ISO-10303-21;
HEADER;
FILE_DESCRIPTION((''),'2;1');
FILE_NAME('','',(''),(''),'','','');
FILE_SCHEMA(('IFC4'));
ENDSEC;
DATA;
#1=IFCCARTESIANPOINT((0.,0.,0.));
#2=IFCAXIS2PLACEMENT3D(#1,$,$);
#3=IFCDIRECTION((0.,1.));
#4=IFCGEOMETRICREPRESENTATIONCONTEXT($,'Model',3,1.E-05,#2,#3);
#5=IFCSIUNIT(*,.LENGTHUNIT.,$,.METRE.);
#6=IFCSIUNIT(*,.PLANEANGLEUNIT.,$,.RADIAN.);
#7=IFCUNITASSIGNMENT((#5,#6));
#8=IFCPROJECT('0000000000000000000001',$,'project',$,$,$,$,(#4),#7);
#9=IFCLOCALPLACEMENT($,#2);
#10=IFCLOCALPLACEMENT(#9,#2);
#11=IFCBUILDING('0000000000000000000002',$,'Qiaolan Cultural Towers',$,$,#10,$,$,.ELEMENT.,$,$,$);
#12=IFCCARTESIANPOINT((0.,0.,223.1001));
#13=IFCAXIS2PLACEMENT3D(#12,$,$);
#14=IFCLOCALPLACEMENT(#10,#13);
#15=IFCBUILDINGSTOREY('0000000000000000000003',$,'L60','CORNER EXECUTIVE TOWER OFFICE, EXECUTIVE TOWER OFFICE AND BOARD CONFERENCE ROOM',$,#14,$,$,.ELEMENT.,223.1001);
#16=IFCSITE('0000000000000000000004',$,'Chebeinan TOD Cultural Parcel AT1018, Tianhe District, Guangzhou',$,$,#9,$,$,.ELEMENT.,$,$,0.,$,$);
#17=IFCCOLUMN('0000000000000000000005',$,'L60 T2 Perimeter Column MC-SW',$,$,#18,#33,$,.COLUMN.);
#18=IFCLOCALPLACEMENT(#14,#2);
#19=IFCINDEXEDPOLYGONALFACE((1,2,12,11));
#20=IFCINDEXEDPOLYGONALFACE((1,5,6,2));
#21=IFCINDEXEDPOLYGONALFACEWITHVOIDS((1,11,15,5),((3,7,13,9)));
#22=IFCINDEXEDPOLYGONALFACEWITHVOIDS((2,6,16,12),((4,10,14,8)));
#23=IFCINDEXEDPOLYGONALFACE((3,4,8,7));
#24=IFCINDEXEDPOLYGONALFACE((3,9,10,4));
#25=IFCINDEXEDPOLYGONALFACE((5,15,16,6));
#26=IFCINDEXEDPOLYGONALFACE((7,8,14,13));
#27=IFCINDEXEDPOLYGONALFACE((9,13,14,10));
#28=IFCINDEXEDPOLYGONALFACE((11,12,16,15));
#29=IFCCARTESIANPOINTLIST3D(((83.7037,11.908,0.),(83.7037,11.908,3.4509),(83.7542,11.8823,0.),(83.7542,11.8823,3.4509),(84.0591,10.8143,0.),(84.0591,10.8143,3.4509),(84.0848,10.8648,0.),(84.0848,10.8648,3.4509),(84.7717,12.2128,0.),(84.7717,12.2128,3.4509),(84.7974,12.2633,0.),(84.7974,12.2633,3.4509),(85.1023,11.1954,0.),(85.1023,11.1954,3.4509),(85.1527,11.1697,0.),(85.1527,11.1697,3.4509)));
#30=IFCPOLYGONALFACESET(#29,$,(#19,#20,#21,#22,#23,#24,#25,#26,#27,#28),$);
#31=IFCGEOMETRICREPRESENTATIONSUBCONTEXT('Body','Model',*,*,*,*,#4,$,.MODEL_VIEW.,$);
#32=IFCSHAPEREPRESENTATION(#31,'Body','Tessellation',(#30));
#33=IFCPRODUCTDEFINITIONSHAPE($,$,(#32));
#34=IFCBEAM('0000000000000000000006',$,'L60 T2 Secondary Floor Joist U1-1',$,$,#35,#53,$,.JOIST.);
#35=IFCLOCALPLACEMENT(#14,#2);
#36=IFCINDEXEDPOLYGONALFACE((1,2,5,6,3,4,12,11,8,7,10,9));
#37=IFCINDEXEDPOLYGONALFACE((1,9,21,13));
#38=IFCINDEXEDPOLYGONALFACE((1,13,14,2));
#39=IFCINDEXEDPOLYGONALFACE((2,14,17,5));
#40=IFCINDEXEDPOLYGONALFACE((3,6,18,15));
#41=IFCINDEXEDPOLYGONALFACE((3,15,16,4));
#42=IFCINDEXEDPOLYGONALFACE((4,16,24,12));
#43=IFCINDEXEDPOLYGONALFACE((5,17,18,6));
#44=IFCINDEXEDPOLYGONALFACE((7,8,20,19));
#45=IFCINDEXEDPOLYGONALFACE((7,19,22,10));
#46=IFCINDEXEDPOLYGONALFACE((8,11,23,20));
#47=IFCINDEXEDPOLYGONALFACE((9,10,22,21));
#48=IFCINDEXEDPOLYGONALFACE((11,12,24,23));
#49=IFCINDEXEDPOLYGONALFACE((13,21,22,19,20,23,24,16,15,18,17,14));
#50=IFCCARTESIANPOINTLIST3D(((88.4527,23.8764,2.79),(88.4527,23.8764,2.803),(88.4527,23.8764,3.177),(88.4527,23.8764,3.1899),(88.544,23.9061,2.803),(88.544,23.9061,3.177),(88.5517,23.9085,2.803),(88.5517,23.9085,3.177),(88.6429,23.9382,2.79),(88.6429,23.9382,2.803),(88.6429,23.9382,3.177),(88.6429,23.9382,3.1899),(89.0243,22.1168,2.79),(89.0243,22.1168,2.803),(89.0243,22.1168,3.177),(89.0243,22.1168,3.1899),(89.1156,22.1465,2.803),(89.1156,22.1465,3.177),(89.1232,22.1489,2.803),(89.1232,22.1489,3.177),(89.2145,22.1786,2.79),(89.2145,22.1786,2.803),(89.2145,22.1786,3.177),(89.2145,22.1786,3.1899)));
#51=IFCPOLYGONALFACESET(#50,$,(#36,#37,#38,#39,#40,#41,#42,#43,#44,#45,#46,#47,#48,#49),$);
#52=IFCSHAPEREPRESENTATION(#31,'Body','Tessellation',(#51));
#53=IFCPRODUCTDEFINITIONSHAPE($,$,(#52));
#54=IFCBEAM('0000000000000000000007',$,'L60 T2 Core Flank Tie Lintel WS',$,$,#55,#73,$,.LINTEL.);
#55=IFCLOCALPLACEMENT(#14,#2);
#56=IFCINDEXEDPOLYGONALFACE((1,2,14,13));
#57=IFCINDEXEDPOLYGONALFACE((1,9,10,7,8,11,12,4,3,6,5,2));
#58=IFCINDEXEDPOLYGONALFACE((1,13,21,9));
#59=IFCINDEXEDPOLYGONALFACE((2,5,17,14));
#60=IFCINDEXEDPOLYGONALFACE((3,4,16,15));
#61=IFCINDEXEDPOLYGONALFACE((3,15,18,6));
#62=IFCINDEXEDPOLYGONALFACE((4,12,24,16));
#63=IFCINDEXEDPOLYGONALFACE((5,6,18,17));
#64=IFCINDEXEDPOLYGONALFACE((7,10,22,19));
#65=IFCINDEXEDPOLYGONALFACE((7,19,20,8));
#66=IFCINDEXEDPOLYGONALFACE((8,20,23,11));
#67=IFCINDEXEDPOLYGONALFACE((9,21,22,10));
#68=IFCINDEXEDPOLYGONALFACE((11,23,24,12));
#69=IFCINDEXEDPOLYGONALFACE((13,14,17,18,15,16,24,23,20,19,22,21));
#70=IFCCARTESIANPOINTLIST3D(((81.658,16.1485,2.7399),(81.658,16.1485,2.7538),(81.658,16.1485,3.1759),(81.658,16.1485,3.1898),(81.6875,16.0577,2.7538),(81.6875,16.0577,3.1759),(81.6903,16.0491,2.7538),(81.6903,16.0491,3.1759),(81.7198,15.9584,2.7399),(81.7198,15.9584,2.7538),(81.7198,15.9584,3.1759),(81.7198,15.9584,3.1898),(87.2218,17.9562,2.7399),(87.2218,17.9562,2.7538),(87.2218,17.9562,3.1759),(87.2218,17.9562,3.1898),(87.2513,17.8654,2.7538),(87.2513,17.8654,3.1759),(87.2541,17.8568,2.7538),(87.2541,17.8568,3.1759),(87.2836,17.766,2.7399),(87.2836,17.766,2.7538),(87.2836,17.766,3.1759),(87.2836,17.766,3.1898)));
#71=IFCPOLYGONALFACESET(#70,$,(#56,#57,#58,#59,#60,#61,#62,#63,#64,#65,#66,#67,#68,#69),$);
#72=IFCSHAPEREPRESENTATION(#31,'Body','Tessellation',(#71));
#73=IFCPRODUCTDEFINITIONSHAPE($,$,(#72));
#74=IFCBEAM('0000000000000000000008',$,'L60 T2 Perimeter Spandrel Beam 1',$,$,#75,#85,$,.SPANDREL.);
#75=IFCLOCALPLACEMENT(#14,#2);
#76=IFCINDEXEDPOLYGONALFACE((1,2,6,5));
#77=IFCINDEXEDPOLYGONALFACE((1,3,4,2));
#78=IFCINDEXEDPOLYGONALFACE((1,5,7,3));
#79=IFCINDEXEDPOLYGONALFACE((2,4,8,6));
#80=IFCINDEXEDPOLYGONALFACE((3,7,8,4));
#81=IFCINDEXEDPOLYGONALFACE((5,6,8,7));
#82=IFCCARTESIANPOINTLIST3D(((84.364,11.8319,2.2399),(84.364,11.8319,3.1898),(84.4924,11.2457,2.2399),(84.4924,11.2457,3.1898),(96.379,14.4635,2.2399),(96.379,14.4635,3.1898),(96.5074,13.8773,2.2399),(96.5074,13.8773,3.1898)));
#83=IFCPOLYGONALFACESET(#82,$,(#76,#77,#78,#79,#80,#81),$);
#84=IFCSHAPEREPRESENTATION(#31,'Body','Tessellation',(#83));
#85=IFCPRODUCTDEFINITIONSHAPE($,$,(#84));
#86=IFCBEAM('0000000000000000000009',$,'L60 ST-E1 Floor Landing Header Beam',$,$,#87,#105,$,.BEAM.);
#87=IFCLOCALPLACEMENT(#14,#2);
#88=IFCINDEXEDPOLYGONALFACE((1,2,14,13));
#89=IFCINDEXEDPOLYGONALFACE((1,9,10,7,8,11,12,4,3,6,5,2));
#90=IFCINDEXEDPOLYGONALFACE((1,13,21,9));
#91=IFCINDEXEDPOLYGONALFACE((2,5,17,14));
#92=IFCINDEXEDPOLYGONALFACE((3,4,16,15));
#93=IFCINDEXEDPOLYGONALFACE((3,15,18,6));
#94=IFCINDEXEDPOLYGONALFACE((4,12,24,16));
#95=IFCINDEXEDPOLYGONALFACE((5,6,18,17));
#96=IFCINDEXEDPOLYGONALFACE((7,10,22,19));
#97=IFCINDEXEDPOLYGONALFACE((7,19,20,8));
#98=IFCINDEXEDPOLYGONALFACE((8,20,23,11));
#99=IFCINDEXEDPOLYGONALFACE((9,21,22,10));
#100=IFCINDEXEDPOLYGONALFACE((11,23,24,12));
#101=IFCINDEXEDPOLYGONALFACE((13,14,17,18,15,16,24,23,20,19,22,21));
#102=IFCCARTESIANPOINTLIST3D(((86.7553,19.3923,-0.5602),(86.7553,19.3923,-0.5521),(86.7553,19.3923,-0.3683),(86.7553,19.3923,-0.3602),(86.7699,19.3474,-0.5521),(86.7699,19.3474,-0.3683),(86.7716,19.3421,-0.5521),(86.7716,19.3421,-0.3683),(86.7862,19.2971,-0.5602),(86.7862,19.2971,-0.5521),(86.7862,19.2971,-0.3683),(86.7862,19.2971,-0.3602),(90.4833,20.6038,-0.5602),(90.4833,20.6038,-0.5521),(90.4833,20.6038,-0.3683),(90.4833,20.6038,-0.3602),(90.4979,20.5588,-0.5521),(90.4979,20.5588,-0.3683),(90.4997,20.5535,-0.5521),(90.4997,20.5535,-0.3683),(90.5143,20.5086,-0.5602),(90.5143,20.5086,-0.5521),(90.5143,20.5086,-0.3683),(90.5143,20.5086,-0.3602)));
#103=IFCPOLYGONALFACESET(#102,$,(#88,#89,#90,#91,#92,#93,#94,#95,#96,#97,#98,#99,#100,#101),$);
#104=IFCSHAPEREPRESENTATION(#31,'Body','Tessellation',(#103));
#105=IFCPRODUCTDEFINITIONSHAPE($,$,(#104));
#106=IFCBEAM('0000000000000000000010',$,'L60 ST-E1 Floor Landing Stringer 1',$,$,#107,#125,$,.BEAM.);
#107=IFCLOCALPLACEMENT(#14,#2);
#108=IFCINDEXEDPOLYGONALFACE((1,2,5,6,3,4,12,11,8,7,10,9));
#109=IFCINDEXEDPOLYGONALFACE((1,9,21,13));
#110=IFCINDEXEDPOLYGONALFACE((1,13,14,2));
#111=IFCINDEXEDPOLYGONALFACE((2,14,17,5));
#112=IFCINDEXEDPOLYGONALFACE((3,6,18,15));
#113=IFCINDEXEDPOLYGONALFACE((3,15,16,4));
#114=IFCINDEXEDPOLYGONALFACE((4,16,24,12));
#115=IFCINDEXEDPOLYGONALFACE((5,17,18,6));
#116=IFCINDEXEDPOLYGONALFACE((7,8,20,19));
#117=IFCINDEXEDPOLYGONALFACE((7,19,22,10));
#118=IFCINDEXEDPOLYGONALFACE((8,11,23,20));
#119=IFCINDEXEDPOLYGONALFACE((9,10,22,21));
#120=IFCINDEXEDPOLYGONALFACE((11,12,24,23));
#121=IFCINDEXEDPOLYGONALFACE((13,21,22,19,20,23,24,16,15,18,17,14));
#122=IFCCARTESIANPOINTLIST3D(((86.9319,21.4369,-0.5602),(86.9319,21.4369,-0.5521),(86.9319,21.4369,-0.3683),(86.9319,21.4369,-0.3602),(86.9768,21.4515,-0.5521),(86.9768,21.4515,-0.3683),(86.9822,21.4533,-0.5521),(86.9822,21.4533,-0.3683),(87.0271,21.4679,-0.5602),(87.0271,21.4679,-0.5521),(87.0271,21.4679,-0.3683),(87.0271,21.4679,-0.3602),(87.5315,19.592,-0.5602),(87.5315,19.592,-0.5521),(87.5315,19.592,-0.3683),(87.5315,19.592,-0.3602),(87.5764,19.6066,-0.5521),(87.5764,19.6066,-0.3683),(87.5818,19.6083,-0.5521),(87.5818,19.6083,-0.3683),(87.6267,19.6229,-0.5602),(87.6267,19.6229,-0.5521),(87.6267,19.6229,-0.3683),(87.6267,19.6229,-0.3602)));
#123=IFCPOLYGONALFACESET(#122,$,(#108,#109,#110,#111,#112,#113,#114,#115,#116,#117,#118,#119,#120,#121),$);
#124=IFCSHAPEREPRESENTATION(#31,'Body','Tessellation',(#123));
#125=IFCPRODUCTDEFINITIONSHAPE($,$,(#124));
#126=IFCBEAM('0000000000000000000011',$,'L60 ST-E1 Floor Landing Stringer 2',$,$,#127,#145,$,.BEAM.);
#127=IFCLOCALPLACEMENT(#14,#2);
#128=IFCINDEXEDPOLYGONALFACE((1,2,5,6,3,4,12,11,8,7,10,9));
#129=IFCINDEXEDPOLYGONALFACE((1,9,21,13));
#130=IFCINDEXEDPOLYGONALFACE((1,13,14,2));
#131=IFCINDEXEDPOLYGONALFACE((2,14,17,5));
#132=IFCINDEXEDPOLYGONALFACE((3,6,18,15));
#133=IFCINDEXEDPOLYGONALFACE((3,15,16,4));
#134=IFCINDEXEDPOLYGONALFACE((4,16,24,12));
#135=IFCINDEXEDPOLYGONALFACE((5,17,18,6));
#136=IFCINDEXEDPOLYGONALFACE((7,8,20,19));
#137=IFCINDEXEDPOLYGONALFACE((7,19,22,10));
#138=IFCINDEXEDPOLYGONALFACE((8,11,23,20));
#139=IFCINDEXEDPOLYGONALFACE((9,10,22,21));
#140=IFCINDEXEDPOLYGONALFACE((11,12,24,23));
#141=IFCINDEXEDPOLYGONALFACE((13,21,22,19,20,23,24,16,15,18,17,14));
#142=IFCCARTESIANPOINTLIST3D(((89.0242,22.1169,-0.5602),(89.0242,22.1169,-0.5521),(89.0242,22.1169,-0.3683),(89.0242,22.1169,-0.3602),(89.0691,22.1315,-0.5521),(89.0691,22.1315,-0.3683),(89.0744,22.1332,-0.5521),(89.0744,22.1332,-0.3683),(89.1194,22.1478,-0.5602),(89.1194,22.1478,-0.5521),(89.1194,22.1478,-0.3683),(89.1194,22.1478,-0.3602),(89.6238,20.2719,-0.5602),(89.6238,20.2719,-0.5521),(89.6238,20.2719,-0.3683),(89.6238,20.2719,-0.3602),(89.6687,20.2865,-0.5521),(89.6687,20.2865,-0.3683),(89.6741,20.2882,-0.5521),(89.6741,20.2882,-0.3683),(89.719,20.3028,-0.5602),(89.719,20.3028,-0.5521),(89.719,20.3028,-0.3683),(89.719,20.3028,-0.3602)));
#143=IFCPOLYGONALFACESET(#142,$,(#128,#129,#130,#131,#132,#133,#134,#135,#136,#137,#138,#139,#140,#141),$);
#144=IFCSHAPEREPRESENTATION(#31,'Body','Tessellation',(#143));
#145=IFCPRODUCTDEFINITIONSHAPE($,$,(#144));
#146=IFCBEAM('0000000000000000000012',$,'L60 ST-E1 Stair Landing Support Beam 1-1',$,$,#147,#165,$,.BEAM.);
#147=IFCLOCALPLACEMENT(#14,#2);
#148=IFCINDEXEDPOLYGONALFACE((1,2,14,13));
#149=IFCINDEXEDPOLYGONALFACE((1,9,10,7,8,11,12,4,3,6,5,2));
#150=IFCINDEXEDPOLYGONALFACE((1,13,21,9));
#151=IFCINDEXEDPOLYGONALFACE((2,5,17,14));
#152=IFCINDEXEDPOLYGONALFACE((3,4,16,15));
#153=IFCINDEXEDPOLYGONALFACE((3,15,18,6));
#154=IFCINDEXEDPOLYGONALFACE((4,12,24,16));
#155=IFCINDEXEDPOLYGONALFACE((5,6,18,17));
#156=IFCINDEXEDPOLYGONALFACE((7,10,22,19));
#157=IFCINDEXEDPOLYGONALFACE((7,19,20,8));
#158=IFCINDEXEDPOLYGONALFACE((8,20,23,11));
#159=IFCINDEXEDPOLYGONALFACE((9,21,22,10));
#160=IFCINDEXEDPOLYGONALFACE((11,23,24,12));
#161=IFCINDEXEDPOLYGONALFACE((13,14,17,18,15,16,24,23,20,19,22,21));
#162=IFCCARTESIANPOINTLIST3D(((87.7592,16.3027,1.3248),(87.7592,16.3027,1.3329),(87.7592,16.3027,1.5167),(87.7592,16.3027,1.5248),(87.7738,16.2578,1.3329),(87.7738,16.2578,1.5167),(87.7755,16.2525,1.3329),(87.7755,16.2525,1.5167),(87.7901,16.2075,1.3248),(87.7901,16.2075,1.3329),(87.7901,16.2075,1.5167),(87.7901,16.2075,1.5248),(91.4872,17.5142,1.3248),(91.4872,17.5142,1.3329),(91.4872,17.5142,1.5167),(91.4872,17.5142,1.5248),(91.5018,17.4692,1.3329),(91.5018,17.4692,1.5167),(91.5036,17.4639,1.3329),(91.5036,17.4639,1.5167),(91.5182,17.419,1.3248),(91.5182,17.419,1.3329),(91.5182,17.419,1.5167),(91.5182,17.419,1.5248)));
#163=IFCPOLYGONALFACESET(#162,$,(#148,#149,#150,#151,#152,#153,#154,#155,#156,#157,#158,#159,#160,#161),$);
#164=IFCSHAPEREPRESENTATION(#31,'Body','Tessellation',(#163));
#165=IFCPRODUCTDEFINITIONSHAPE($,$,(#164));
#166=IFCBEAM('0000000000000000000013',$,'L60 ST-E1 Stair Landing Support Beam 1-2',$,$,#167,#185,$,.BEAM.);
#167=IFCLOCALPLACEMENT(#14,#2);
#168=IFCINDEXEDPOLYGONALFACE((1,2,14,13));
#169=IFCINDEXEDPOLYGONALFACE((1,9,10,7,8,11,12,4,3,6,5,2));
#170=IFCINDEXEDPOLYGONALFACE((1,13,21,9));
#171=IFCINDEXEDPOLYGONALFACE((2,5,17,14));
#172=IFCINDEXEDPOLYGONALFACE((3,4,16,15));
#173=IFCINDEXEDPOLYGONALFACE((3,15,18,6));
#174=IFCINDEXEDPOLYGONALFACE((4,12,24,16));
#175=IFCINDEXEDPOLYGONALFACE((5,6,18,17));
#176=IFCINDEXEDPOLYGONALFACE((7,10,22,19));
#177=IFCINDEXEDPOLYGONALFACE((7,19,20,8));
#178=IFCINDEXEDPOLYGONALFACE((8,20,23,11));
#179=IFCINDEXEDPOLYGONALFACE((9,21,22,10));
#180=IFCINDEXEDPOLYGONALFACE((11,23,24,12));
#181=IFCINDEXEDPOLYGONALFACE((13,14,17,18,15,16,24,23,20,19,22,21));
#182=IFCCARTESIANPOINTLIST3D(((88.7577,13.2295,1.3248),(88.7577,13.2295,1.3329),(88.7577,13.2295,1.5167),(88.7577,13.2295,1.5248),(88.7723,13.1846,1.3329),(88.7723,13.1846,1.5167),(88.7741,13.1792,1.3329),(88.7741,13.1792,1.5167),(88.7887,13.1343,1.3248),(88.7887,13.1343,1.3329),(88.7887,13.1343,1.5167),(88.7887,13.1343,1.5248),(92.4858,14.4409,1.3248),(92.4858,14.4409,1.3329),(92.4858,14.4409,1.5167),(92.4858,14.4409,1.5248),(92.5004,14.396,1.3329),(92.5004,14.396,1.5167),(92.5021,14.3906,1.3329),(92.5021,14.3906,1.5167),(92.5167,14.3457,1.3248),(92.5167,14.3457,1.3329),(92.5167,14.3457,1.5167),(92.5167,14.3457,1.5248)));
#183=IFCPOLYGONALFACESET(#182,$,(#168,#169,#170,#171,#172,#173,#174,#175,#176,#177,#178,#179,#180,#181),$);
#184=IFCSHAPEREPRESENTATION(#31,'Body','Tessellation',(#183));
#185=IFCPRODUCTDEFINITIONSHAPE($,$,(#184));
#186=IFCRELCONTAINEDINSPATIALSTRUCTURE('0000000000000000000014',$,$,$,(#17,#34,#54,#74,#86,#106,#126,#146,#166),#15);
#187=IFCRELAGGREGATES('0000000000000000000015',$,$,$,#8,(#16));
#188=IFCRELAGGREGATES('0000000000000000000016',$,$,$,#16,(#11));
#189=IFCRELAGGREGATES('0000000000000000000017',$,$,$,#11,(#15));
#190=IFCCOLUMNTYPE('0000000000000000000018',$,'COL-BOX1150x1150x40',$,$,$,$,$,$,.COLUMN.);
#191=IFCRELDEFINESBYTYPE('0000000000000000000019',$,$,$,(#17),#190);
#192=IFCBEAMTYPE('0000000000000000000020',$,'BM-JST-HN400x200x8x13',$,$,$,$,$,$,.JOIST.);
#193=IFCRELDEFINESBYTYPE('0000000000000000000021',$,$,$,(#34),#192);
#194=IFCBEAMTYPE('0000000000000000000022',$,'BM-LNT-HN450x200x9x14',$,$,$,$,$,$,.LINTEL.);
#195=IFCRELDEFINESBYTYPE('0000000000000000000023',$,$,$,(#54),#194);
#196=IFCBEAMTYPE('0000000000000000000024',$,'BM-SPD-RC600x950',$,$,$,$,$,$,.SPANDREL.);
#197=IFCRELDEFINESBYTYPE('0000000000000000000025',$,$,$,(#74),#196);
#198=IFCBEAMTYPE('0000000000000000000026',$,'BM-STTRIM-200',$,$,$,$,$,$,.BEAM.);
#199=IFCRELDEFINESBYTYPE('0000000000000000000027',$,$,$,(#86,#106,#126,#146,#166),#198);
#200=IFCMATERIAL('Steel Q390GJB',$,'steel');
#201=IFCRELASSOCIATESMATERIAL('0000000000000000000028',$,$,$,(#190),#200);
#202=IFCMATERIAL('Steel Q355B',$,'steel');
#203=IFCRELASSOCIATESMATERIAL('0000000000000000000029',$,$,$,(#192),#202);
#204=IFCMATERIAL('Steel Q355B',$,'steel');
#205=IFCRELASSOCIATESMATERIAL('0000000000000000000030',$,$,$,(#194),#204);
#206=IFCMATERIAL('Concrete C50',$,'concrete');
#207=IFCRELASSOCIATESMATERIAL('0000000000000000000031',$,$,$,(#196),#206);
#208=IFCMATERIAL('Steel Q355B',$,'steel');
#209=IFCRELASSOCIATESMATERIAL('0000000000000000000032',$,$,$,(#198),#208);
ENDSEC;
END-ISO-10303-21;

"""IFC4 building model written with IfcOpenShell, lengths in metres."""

from ifc_helpers import new_model, si_unit, direction, frame, origin, origin_2d, place, context, subcontext, project, spatial, rectangle, hollow_rectangle, i_section, extrude, material, material_profile, profile_set, type_object, element, save


model = new_model("IFC4")

# Units and contexts
model_context = context("Model", 3, precision=1e-05, world=origin(), true_north=direction((0.0, 1.0)))
body_context = subcontext(model_context, "Body", "Model", "MODEL_VIEW")
ifc_project = project(units=[si_unit("LENGTHUNIT", "METRE"), si_unit("PLANEANGLEUNIT", "RADIAN")], contexts=[model_context])

# Site, building, storey
site_placement = place(None, origin())
site = spatial("IfcSite", under=ifc_project, at=site_placement, Name="Chebeinan TOD Cultural Parcel AT1018, Tianhe District, Guangzhou", CompositionType="ELEMENT", RefElevation=0.0)
building_placement = place(site_placement, origin())
building = spatial("IfcBuilding", under=site, at=building_placement, Name="Qiaolan Cultural Towers", CompositionType="ELEMENT")
storey_placement = place(building_placement, frame((0.0, 0.0, 223.1001)))
storey = spatial("IfcBuildingStorey", under=building, at=storey_placement, Name="L60", Description="CORNER EXECUTIVE TOWER OFFICE, EXECUTIVE TOWER OFFICE AND BOARD CONFERENCE ROOM", CompositionType="ELEMENT", Elevation=223.1001)

# Column
ifc_material_1 = material(Name="Steel Q390GJB", Category="steel")
ifc_material_profile_1 = material_profile(ifc_material_1, hollow_rectangle(XDim=1.1499, YDim=1.1499, WallThickness=0.04, at=origin_2d()), Name="BOX1150x1150x40")
ifc_profile_set_1 = profile_set([ifc_material_profile_1], Name="Steel Q390GJB")
column_type = type_object("IfcColumnType", Name="COL-BOX1150x1150x40", PredefinedType="COLUMN", material=ifc_profile_set_1)
column_placement = place(storey_placement, frame((84.4282, 11.5388, 0.0), z_axis=(0.0, 0.0, 1.0), x_axis=(0.951057, 0.309017, 0.0)))
element("IfcColumn", 1, at=column_placement, inside=storey, type_object=column_type, Name="L60 T2 Perimeter Column MC-SW", PredefinedType="COLUMN", context=body_context, shape_type="SweptSolid", body=[
    extrude(hollow_rectangle(XDim=1.1499, YDim=1.1499, WallThickness=0.04, at=origin_2d()), origin(), (0.0, 0.0, 1.0), 3.4509),
])

# Beams
ifc_material_2 = material(Name="Steel Q355B", Category="steel")
ifc_material_profile_2 = material_profile(ifc_material_2, i_section(OverallWidth=0.2, OverallDepth=0.3999, WebThickness=0.0081, FlangeThickness=0.0129, at=origin_2d()), Name="HN400x200x8x13")
ifc_profile_set_2 = profile_set([ifc_material_profile_2], Name="Steel Q355B")
beam_type_1 = type_object("IfcBeamType", Name="BM-JST-HN400x200x8x13", PredefinedType="JOIST", material=ifc_profile_set_2)
beam_1_placement = place(storey_placement, frame((89.1194, 22.1477, 2.99), z_axis=(-0.308934, 0.951084, 0.0), x_axis=(-0.951084, -0.308934, 0.0)))
element("IfcBeam", 2, at=beam_1_placement, inside=storey, type_object=beam_type_1, Name="L60 T2 Secondary Floor Joist U1-1", PredefinedType="JOIST", context=body_context, shape_type="SweptSolid", body=[
    extrude(i_section(OverallWidth=0.2, OverallDepth=0.3999, WebThickness=0.0081, FlangeThickness=0.0129, at=origin_2d()), origin(), (0.0, 0.0, 1.0), 1.8501),
])
ifc_material_3 = material(Name="Steel Q355B", Category="steel")
ifc_material_profile_3 = material_profile(ifc_material_3, i_section(OverallWidth=0.2, OverallDepth=0.45, WebThickness=0.009, FlangeThickness=0.0139, at=origin_2d()), Name="HN450x200x9x14")
ifc_profile_set_3 = profile_set([ifc_material_profile_3], Name="Steel Q355B")
beam_type_2 = type_object("IfcBeamType", Name="BM-LNT-HN450x200x9x14", PredefinedType="LINTEL", material=ifc_profile_set_3)
beam_2_placement = place(storey_placement, frame((87.2527, 17.8611, 2.9648), z_axis=(-0.951064, -0.308995, 0.0), x_axis=(0.308995, -0.951064, 0.0)))
element("IfcBeam", 3, at=beam_2_placement, inside=storey, type_object=beam_type_2, Name="L60 T2 Core Flank Tie Lintel WS", PredefinedType="LINTEL", context=body_context, shape_type="SweptSolid", body=[
    extrude(i_section(OverallWidth=0.2, OverallDepth=0.45, WebThickness=0.009, FlangeThickness=0.0139, at=origin_2d()), origin(), (0.0, 0.0, 1.0), 5.8501),
])
ifc_material_4 = material(Name="Concrete C50", Category="concrete")
ifc_material_profile_4 = material_profile(ifc_material_4, rectangle(XDim=0.6001, YDim=0.95, at=origin_2d()), Name="RC600x950")
ifc_profile_set_4 = profile_set([ifc_material_profile_4], Name="Concrete C50")
beam_type_3 = type_object("IfcBeamType", Name="BM-SPD-RC600x950", PredefinedType="SPANDREL", material=ifc_profile_set_4)
beam_3_placement = place(storey_placement, frame((84.4282, 11.5388, 2.7148), z_axis=(0.976843, 0.213956, 0.0), x_axis=(-0.213956, 0.976843, 0.0)))
element("IfcBeam", 4, at=beam_3_placement, inside=storey, type_object=beam_type_3, Name="L60 T2 Perimeter Spandrel Beam 1", PredefinedType="SPANDREL", context=body_context, shape_type="SweptSolid", body=[
    extrude(rectangle(XDim=0.6001, YDim=0.95, at=origin_2d()), origin(), (0.0, 0.0, 1.0), 12.2998),
])
ifc_material_5 = material(Name="Steel Q355B", Category="steel")
ifc_material_profile_5 = material_profile(ifc_material_5, i_section(OverallWidth=0.1001, OverallDepth=0.2, WebThickness=0.0056, FlangeThickness=0.0081, at=origin_2d()), Name="HN200x100x5.5x8")
ifc_profile_set_5 = profile_set([ifc_material_profile_5], Name="Steel Q355B")
beam_type_4 = type_object("IfcBeamType", Name="BM-STTRIM-200", PredefinedType="BEAM", material=ifc_profile_set_5)
beam_4_placement = place(storey_placement, frame((86.7708, 19.3447, -0.4602), z_axis=(0.951048, 0.309044, 0.0), x_axis=(-0.309044, 0.951048, 0.0)))
element("IfcBeam", 5, at=beam_4_placement, inside=storey, type_object=beam_type_4, Name="L60 ST-E1 Floor Landing Header Beam", PredefinedType="BEAM", context=body_context, shape_type="SweptSolid", body=[
    extrude(i_section(OverallWidth=0.1001, OverallDepth=0.2, WebThickness=0.0056, FlangeThickness=0.0081, at=origin_2d()), origin(), (0.0, 0.0, 1.0), 3.9199),
])
for number, where, z_axis, x_axis, name in (
    (6, (86.9795, 21.4524, -0.4602), (0.309083, -0.951035, 0.0), (0.951035, 0.309083, 0.0), "L60 ST-E1 Floor Landing Stringer 1"),
    (7, (89.0718, 22.1323, -0.4602), (0.309083, -0.951035, 0.0), (0.951035, 0.309083, 0.0), "L60 ST-E1 Floor Landing Stringer 2"),
):
    element("IfcBeam", number, at=place(storey_placement, frame(where, z_axis=z_axis, x_axis=x_axis)), inside=storey, type_object=beam_type_4, Name=name, PredefinedType="BEAM", context=body_context, shape_type="SweptSolid", body=[
        extrude(i_section(OverallWidth=0.1001, OverallDepth=0.2, WebThickness=0.0056, FlangeThickness=0.0081, at=origin_2d()), origin(), (0.0, 0.0, 1.0), 1.9399),
    ])
for number, where, z_axis, x_axis, name in (
    (8, (87.7747, 16.2551, 1.4248), (0.951048, 0.309044, 0.0), (-0.309044, 0.951048, 0.0), "L60 ST-E1 Stair Landing Support Beam 1-1"),
    (9, (88.7732, 13.1819, 1.4248), (0.951048, 0.309044, 0.0), (-0.309044, 0.951048, 0.0), "L60 ST-E1 Stair Landing Support Beam 1-2"),
):
    element("IfcBeam", number, at=place(storey_placement, frame(where, z_axis=z_axis, x_axis=x_axis)), inside=storey, type_object=beam_type_4, Name=name, PredefinedType="BEAM", context=body_context, shape_type="SweptSolid", body=[
        extrude(i_section(OverallWidth=0.1001, OverallDepth=0.2, WebThickness=0.0056, FlangeThickness=0.0081, at=origin_2d()), origin(), (0.0, 0.0, 1.0), 3.9199),
    ])

save(model, "model.ifc")
